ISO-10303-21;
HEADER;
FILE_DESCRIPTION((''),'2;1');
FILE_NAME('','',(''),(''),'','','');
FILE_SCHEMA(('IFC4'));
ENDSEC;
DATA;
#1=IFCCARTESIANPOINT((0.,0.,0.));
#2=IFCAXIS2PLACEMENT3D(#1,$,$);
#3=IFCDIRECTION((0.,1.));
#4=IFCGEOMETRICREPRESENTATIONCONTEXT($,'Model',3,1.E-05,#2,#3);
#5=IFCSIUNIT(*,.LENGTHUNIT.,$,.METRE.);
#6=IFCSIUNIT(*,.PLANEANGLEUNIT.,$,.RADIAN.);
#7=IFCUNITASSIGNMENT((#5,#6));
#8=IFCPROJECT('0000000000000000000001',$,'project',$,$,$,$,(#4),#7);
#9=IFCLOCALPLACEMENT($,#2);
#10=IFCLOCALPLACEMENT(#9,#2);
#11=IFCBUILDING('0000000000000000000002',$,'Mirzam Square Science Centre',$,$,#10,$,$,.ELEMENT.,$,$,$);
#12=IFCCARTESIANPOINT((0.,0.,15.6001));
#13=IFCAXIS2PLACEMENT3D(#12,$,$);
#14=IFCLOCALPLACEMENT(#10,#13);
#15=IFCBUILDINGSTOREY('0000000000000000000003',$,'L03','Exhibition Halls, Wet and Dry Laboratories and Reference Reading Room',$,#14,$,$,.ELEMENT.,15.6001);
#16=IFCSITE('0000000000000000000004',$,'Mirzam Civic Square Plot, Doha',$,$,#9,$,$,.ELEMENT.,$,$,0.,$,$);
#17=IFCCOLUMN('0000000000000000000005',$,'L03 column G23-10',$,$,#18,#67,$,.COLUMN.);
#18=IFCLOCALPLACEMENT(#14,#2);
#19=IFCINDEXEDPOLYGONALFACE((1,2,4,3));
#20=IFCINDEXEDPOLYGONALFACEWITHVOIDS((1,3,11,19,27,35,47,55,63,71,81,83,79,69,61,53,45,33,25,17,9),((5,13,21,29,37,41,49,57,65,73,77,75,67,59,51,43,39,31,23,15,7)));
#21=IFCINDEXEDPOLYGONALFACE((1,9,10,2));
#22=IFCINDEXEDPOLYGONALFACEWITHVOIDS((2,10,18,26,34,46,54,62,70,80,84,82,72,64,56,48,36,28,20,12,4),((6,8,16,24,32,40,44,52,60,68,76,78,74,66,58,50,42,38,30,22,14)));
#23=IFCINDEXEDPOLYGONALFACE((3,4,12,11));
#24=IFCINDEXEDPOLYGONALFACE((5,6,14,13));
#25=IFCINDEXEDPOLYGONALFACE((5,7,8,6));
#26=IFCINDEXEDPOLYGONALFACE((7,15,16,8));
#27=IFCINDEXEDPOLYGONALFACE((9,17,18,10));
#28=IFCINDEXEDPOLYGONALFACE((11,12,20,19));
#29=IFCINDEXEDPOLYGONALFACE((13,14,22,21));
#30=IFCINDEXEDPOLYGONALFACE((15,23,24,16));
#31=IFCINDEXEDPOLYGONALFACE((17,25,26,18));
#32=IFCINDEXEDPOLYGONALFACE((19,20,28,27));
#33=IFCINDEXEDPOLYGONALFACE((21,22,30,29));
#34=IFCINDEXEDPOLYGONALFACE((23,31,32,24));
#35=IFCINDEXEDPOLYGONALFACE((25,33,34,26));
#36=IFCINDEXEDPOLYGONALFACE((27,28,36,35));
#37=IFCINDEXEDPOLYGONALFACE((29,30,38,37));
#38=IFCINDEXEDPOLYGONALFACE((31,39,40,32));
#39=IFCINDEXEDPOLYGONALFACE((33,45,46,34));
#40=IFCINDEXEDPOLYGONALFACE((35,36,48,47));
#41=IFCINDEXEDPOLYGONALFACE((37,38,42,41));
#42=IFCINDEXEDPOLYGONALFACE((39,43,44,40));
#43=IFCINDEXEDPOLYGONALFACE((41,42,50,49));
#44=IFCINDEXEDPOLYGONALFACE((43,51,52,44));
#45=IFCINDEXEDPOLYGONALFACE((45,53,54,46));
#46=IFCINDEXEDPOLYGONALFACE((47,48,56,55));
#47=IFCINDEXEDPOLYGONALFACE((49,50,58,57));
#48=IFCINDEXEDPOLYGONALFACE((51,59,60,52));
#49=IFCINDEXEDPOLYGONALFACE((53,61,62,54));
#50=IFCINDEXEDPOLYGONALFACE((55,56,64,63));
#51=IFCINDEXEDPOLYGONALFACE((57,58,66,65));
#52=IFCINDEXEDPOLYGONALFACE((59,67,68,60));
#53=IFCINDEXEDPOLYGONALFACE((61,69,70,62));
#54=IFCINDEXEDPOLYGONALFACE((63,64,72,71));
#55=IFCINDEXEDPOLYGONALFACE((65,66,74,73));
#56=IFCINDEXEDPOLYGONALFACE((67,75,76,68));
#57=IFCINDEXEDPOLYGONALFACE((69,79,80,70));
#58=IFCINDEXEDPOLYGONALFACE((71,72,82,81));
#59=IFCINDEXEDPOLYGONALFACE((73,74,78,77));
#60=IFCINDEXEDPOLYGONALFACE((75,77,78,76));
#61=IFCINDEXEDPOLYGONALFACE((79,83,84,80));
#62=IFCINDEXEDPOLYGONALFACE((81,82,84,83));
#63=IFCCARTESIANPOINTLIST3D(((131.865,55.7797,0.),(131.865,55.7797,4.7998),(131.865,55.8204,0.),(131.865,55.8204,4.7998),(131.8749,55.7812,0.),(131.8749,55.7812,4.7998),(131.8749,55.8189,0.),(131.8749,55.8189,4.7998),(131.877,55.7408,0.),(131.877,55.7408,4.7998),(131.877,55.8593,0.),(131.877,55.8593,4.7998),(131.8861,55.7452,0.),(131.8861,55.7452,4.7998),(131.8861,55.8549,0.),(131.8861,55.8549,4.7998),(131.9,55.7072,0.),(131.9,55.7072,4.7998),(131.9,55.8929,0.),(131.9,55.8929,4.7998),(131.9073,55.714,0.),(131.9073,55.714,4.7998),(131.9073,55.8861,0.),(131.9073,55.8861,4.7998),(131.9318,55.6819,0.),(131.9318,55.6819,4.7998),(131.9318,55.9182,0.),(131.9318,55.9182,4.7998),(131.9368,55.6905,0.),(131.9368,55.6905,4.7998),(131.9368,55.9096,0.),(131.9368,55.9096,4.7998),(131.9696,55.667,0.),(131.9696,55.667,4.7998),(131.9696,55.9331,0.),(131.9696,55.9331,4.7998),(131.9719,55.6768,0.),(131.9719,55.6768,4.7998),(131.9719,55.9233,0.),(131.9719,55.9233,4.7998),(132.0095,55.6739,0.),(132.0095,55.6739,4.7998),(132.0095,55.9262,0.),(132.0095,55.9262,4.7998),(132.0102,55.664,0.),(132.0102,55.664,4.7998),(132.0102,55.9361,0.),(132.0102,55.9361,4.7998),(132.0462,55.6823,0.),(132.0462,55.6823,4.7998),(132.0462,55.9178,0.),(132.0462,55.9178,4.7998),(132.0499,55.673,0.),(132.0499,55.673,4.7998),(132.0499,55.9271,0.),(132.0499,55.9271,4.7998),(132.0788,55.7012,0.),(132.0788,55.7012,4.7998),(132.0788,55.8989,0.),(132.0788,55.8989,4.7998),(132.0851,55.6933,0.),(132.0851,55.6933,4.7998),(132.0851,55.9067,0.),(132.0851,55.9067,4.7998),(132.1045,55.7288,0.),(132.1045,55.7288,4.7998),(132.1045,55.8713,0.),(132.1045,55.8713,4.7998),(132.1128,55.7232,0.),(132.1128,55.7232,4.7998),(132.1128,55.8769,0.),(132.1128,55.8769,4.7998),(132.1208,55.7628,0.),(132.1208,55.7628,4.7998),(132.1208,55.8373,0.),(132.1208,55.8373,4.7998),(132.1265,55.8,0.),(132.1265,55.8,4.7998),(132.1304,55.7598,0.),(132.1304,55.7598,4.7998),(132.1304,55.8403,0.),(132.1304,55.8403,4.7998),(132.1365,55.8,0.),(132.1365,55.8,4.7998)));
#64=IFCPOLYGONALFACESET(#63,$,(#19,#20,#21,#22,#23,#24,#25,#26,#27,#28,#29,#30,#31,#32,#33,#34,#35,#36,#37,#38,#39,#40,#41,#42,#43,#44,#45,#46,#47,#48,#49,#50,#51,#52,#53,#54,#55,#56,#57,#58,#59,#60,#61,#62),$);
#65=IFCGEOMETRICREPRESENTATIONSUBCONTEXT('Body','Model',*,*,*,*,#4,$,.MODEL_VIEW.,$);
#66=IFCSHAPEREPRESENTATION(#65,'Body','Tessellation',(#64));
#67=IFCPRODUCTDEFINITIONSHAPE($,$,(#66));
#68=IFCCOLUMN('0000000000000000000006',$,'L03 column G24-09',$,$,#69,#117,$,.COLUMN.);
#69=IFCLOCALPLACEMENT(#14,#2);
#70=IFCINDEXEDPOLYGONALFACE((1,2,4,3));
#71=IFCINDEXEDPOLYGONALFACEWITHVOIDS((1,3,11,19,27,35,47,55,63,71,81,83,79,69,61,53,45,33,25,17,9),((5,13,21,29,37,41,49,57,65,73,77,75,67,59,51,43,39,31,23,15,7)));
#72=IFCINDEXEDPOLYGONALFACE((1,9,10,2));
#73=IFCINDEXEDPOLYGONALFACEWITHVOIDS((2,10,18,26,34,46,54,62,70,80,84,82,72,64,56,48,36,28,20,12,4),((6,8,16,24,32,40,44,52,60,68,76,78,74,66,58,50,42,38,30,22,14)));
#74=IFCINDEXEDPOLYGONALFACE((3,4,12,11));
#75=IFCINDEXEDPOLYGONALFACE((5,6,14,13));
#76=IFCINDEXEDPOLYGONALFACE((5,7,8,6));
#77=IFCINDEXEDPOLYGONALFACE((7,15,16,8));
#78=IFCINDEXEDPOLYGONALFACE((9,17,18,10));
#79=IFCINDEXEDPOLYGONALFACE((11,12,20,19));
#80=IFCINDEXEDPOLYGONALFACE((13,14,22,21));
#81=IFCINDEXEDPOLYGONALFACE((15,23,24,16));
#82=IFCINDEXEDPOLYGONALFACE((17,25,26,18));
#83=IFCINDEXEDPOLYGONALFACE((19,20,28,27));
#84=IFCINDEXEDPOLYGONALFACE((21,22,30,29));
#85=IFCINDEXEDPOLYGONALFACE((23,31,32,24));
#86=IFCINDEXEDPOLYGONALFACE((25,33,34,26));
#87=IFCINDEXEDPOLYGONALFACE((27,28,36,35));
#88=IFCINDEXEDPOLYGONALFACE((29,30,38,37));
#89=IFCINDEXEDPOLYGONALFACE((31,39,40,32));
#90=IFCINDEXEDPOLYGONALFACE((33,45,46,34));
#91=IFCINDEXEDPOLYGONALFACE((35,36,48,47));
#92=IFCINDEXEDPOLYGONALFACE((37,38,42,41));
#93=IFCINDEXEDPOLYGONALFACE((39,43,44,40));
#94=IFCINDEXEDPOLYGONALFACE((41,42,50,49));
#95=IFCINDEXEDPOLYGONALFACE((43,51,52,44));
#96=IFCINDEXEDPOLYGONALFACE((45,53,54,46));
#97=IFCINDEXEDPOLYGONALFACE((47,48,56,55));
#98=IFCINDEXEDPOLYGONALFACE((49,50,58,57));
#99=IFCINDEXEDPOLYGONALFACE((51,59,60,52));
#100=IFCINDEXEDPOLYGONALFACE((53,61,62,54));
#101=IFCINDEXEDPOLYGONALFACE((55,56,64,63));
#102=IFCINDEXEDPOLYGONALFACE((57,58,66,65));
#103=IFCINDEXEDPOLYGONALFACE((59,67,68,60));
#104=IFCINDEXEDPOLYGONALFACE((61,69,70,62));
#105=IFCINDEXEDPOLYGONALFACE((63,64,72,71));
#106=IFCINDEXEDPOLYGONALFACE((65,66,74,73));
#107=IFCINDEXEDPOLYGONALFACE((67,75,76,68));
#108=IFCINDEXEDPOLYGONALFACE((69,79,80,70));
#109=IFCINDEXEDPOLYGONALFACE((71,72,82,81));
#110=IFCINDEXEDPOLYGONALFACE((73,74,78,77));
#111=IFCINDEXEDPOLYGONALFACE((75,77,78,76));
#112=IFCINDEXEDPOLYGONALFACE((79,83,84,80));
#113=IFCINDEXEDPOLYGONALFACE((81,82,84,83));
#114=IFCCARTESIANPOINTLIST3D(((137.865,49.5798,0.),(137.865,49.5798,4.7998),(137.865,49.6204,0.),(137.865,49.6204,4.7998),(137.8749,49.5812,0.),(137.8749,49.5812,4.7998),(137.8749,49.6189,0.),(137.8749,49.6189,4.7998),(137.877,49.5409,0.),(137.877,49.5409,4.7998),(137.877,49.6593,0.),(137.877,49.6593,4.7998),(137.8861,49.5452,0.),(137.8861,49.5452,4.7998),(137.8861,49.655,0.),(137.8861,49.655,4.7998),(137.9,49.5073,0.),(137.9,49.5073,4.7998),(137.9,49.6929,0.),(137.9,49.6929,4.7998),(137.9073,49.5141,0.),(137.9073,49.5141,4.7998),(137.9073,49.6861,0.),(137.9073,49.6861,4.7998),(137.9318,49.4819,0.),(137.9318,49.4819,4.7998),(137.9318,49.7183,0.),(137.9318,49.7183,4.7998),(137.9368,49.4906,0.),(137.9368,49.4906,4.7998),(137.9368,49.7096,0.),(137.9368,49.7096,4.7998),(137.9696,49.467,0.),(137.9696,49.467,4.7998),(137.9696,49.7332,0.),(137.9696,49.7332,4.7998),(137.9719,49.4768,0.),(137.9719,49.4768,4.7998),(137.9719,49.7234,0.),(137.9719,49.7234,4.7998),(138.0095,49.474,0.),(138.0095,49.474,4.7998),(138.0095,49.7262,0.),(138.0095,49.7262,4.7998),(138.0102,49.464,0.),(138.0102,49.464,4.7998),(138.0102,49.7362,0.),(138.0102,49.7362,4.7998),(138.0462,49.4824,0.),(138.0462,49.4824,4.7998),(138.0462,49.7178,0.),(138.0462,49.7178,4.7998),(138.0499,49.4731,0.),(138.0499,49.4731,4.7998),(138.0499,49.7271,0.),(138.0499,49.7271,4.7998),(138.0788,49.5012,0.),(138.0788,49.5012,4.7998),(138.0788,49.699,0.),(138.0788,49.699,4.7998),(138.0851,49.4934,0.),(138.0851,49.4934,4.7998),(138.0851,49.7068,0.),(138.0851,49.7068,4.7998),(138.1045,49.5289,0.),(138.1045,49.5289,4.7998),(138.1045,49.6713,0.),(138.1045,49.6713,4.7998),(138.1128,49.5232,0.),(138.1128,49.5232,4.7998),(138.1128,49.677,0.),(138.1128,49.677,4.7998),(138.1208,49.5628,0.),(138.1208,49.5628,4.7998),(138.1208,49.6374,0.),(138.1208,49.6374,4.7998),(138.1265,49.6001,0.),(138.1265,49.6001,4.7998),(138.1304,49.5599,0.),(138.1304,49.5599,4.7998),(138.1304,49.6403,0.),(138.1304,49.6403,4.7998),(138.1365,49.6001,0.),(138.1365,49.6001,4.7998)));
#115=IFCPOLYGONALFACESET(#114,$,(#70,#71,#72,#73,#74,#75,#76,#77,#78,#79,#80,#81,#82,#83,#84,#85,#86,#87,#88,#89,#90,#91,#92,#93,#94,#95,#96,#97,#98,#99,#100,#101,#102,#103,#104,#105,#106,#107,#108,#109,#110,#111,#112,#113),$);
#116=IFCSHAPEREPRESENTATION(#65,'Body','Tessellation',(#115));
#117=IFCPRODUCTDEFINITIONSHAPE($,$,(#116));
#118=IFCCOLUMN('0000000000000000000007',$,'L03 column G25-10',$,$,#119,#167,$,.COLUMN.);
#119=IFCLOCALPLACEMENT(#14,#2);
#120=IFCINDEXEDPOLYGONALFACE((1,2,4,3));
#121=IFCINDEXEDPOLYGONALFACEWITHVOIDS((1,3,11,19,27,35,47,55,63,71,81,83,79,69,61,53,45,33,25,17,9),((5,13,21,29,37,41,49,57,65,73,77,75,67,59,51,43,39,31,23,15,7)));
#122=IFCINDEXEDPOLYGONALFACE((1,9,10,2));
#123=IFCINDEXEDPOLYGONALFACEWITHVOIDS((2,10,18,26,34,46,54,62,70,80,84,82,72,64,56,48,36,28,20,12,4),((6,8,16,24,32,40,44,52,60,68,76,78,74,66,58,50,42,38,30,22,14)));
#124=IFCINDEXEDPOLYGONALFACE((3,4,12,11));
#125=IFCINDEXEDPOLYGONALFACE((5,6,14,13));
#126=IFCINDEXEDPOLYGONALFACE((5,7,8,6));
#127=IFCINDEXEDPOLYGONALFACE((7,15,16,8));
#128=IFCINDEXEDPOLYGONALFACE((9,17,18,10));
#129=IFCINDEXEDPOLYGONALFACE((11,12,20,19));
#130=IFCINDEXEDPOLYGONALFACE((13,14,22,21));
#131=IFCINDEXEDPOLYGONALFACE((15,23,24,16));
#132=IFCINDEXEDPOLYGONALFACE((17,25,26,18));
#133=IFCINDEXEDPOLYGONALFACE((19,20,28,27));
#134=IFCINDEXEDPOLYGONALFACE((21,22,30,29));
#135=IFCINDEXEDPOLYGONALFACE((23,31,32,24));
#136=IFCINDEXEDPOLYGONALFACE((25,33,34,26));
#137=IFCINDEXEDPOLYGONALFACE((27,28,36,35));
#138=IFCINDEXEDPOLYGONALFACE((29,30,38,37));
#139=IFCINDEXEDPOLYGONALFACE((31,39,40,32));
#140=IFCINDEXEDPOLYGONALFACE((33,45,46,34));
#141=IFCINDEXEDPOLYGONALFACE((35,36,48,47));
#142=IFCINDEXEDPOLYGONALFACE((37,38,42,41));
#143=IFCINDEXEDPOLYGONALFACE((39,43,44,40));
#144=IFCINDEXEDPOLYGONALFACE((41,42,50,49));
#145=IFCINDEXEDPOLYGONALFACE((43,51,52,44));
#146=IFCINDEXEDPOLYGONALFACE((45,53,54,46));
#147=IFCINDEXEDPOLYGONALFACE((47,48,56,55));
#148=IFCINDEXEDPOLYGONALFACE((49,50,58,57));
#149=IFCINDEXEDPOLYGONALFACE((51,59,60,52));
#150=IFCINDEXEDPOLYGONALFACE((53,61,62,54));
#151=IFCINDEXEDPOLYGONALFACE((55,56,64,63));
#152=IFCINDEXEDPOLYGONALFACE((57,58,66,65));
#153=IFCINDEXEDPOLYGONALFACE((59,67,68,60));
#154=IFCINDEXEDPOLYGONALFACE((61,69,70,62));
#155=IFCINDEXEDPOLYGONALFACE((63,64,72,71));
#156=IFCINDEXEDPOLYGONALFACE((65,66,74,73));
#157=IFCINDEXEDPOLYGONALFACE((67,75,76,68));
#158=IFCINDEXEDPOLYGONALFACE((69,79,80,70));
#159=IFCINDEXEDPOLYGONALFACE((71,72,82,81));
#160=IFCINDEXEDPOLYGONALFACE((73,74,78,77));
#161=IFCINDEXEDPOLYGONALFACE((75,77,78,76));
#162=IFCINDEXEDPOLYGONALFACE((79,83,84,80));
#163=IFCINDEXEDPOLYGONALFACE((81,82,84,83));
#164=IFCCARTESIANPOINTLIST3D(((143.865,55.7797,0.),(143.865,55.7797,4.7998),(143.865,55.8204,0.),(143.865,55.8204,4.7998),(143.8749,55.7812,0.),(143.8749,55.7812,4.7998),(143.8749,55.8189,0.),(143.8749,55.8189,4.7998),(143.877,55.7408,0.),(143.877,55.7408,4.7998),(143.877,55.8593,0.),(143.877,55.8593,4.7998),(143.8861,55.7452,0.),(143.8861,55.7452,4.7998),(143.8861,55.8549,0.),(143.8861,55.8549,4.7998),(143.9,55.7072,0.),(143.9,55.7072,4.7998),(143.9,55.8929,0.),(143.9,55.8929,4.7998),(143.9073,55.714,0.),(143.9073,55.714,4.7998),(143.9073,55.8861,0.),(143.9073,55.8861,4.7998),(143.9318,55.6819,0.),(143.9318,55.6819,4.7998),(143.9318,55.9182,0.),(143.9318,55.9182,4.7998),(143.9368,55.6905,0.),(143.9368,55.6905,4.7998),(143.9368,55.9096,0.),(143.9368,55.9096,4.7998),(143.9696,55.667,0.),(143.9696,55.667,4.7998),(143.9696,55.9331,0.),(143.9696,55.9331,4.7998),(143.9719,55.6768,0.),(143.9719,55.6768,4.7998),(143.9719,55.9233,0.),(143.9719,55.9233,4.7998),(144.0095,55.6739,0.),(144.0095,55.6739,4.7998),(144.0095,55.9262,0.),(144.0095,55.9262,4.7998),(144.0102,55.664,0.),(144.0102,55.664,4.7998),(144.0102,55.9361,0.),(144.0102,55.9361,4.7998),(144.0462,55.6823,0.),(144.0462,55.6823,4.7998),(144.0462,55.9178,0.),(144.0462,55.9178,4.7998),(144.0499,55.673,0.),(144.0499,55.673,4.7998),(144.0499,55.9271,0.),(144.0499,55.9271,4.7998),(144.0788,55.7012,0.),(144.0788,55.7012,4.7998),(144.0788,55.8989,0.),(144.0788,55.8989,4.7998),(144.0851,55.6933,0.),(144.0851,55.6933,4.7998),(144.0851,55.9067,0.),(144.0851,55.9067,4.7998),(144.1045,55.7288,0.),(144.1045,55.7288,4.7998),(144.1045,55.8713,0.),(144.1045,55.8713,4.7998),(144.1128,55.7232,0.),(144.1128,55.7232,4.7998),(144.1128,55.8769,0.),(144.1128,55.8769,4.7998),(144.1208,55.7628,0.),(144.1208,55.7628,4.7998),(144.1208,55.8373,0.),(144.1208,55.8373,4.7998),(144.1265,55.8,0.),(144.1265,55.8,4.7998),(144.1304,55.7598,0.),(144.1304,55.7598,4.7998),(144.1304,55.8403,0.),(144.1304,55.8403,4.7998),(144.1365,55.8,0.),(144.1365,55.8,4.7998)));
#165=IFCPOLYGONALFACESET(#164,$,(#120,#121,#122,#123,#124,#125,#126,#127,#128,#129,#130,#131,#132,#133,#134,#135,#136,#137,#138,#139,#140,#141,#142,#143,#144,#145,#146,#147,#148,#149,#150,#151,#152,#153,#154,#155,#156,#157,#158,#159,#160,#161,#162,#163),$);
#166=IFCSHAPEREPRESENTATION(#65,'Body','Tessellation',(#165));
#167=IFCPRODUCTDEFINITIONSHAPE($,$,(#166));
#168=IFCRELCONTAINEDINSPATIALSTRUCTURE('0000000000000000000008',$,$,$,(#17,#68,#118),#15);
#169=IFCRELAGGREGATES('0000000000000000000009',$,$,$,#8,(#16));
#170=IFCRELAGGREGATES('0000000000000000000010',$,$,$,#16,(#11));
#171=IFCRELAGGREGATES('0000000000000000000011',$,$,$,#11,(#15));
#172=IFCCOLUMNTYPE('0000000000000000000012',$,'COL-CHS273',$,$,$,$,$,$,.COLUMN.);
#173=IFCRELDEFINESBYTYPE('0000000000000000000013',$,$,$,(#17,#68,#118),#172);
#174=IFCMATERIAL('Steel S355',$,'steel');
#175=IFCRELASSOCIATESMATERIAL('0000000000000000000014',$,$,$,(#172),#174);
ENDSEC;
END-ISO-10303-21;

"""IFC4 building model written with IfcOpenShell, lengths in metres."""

from ifc_helpers import new_model, si_unit, direction, frame, origin, origin_2d, place, context, subcontext, project, spatial, hollow_circle, extrude, material, material_profile, profile_set, type_object, element, save


model = new_model("IFC4")

# Units and contexts
model_context = context("Model", 3, precision=1e-05, world=origin(), true_north=direction((0.0, 1.0)))
body_context = subcontext(model_context, "Body", "Model", "MODEL_VIEW")
ifc_project = project(units=[si_unit("LENGTHUNIT", "METRE"), si_unit("PLANEANGLEUNIT", "RADIAN")], contexts=[model_context])

# Site, building, storey
site_placement = place(None, origin())
site = spatial("IfcSite", under=ifc_project, at=site_placement, Name="Mirzam Civic Square Plot, Doha", CompositionType="ELEMENT", RefElevation=0.0)
building_placement = place(site_placement, origin())
building = spatial("IfcBuilding", under=site, at=building_placement, Name="Mirzam Square Science Centre", CompositionType="ELEMENT")
storey_placement = place(building_placement, frame((0.0, 0.0, 15.6001)))
storey = spatial("IfcBuildingStorey", under=building, at=storey_placement, Name="L03", Description="Exhibition Halls, Wet and Dry Laboratories and Reference Reading Room", CompositionType="ELEMENT", Elevation=15.6001)

# Columns
ifc_material_1 = material(Name="Steel S355", Category="steel")
ifc_material_profile_1 = material_profile(ifc_material_1, hollow_circle(Radius=0.1365, WallThickness=0.01, at=origin_2d()), Name="273.0x10.0CHS")
ifc_profile_set_1 = profile_set([ifc_material_profile_1], Name="Steel S355")
column_type_1 = type_object("IfcColumnType", Name="COL-CHS273", PredefinedType="COLUMN", material=ifc_profile_set_1)
for number, where, z_axis, x_axis, name in (
    (1, (132.0, 55.8, 0.0), (0.0, 0.0, 1.0), (1.0, 0.0, 0.0), "L03 column G23-10"),
    (2, (138.0, 49.6001, 0.0), (0.0, 0.0, 1.0), (1.0, 0.0, 0.0), "L03 column G24-09"),
    (3, (144.0, 55.8, 0.0), (0.0, 0.0, 1.0), (1.0, 0.0, 0.0), "L03 column G25-10"),
):
    element("IfcColumn", number, at=place(storey_placement, frame(where, z_axis=z_axis, x_axis=x_axis)), inside=storey, type_object=column_type_1, Name=name, PredefinedType="COLUMN", context=body_context, shape_type="SweptSolid", body=[
        extrude(hollow_circle(Radius=0.1365, WallThickness=0.01, at=origin_2d()), origin(), (0.0, 0.0, 1.0), 4.7998),
    ])

save(model, "model.ifc")
